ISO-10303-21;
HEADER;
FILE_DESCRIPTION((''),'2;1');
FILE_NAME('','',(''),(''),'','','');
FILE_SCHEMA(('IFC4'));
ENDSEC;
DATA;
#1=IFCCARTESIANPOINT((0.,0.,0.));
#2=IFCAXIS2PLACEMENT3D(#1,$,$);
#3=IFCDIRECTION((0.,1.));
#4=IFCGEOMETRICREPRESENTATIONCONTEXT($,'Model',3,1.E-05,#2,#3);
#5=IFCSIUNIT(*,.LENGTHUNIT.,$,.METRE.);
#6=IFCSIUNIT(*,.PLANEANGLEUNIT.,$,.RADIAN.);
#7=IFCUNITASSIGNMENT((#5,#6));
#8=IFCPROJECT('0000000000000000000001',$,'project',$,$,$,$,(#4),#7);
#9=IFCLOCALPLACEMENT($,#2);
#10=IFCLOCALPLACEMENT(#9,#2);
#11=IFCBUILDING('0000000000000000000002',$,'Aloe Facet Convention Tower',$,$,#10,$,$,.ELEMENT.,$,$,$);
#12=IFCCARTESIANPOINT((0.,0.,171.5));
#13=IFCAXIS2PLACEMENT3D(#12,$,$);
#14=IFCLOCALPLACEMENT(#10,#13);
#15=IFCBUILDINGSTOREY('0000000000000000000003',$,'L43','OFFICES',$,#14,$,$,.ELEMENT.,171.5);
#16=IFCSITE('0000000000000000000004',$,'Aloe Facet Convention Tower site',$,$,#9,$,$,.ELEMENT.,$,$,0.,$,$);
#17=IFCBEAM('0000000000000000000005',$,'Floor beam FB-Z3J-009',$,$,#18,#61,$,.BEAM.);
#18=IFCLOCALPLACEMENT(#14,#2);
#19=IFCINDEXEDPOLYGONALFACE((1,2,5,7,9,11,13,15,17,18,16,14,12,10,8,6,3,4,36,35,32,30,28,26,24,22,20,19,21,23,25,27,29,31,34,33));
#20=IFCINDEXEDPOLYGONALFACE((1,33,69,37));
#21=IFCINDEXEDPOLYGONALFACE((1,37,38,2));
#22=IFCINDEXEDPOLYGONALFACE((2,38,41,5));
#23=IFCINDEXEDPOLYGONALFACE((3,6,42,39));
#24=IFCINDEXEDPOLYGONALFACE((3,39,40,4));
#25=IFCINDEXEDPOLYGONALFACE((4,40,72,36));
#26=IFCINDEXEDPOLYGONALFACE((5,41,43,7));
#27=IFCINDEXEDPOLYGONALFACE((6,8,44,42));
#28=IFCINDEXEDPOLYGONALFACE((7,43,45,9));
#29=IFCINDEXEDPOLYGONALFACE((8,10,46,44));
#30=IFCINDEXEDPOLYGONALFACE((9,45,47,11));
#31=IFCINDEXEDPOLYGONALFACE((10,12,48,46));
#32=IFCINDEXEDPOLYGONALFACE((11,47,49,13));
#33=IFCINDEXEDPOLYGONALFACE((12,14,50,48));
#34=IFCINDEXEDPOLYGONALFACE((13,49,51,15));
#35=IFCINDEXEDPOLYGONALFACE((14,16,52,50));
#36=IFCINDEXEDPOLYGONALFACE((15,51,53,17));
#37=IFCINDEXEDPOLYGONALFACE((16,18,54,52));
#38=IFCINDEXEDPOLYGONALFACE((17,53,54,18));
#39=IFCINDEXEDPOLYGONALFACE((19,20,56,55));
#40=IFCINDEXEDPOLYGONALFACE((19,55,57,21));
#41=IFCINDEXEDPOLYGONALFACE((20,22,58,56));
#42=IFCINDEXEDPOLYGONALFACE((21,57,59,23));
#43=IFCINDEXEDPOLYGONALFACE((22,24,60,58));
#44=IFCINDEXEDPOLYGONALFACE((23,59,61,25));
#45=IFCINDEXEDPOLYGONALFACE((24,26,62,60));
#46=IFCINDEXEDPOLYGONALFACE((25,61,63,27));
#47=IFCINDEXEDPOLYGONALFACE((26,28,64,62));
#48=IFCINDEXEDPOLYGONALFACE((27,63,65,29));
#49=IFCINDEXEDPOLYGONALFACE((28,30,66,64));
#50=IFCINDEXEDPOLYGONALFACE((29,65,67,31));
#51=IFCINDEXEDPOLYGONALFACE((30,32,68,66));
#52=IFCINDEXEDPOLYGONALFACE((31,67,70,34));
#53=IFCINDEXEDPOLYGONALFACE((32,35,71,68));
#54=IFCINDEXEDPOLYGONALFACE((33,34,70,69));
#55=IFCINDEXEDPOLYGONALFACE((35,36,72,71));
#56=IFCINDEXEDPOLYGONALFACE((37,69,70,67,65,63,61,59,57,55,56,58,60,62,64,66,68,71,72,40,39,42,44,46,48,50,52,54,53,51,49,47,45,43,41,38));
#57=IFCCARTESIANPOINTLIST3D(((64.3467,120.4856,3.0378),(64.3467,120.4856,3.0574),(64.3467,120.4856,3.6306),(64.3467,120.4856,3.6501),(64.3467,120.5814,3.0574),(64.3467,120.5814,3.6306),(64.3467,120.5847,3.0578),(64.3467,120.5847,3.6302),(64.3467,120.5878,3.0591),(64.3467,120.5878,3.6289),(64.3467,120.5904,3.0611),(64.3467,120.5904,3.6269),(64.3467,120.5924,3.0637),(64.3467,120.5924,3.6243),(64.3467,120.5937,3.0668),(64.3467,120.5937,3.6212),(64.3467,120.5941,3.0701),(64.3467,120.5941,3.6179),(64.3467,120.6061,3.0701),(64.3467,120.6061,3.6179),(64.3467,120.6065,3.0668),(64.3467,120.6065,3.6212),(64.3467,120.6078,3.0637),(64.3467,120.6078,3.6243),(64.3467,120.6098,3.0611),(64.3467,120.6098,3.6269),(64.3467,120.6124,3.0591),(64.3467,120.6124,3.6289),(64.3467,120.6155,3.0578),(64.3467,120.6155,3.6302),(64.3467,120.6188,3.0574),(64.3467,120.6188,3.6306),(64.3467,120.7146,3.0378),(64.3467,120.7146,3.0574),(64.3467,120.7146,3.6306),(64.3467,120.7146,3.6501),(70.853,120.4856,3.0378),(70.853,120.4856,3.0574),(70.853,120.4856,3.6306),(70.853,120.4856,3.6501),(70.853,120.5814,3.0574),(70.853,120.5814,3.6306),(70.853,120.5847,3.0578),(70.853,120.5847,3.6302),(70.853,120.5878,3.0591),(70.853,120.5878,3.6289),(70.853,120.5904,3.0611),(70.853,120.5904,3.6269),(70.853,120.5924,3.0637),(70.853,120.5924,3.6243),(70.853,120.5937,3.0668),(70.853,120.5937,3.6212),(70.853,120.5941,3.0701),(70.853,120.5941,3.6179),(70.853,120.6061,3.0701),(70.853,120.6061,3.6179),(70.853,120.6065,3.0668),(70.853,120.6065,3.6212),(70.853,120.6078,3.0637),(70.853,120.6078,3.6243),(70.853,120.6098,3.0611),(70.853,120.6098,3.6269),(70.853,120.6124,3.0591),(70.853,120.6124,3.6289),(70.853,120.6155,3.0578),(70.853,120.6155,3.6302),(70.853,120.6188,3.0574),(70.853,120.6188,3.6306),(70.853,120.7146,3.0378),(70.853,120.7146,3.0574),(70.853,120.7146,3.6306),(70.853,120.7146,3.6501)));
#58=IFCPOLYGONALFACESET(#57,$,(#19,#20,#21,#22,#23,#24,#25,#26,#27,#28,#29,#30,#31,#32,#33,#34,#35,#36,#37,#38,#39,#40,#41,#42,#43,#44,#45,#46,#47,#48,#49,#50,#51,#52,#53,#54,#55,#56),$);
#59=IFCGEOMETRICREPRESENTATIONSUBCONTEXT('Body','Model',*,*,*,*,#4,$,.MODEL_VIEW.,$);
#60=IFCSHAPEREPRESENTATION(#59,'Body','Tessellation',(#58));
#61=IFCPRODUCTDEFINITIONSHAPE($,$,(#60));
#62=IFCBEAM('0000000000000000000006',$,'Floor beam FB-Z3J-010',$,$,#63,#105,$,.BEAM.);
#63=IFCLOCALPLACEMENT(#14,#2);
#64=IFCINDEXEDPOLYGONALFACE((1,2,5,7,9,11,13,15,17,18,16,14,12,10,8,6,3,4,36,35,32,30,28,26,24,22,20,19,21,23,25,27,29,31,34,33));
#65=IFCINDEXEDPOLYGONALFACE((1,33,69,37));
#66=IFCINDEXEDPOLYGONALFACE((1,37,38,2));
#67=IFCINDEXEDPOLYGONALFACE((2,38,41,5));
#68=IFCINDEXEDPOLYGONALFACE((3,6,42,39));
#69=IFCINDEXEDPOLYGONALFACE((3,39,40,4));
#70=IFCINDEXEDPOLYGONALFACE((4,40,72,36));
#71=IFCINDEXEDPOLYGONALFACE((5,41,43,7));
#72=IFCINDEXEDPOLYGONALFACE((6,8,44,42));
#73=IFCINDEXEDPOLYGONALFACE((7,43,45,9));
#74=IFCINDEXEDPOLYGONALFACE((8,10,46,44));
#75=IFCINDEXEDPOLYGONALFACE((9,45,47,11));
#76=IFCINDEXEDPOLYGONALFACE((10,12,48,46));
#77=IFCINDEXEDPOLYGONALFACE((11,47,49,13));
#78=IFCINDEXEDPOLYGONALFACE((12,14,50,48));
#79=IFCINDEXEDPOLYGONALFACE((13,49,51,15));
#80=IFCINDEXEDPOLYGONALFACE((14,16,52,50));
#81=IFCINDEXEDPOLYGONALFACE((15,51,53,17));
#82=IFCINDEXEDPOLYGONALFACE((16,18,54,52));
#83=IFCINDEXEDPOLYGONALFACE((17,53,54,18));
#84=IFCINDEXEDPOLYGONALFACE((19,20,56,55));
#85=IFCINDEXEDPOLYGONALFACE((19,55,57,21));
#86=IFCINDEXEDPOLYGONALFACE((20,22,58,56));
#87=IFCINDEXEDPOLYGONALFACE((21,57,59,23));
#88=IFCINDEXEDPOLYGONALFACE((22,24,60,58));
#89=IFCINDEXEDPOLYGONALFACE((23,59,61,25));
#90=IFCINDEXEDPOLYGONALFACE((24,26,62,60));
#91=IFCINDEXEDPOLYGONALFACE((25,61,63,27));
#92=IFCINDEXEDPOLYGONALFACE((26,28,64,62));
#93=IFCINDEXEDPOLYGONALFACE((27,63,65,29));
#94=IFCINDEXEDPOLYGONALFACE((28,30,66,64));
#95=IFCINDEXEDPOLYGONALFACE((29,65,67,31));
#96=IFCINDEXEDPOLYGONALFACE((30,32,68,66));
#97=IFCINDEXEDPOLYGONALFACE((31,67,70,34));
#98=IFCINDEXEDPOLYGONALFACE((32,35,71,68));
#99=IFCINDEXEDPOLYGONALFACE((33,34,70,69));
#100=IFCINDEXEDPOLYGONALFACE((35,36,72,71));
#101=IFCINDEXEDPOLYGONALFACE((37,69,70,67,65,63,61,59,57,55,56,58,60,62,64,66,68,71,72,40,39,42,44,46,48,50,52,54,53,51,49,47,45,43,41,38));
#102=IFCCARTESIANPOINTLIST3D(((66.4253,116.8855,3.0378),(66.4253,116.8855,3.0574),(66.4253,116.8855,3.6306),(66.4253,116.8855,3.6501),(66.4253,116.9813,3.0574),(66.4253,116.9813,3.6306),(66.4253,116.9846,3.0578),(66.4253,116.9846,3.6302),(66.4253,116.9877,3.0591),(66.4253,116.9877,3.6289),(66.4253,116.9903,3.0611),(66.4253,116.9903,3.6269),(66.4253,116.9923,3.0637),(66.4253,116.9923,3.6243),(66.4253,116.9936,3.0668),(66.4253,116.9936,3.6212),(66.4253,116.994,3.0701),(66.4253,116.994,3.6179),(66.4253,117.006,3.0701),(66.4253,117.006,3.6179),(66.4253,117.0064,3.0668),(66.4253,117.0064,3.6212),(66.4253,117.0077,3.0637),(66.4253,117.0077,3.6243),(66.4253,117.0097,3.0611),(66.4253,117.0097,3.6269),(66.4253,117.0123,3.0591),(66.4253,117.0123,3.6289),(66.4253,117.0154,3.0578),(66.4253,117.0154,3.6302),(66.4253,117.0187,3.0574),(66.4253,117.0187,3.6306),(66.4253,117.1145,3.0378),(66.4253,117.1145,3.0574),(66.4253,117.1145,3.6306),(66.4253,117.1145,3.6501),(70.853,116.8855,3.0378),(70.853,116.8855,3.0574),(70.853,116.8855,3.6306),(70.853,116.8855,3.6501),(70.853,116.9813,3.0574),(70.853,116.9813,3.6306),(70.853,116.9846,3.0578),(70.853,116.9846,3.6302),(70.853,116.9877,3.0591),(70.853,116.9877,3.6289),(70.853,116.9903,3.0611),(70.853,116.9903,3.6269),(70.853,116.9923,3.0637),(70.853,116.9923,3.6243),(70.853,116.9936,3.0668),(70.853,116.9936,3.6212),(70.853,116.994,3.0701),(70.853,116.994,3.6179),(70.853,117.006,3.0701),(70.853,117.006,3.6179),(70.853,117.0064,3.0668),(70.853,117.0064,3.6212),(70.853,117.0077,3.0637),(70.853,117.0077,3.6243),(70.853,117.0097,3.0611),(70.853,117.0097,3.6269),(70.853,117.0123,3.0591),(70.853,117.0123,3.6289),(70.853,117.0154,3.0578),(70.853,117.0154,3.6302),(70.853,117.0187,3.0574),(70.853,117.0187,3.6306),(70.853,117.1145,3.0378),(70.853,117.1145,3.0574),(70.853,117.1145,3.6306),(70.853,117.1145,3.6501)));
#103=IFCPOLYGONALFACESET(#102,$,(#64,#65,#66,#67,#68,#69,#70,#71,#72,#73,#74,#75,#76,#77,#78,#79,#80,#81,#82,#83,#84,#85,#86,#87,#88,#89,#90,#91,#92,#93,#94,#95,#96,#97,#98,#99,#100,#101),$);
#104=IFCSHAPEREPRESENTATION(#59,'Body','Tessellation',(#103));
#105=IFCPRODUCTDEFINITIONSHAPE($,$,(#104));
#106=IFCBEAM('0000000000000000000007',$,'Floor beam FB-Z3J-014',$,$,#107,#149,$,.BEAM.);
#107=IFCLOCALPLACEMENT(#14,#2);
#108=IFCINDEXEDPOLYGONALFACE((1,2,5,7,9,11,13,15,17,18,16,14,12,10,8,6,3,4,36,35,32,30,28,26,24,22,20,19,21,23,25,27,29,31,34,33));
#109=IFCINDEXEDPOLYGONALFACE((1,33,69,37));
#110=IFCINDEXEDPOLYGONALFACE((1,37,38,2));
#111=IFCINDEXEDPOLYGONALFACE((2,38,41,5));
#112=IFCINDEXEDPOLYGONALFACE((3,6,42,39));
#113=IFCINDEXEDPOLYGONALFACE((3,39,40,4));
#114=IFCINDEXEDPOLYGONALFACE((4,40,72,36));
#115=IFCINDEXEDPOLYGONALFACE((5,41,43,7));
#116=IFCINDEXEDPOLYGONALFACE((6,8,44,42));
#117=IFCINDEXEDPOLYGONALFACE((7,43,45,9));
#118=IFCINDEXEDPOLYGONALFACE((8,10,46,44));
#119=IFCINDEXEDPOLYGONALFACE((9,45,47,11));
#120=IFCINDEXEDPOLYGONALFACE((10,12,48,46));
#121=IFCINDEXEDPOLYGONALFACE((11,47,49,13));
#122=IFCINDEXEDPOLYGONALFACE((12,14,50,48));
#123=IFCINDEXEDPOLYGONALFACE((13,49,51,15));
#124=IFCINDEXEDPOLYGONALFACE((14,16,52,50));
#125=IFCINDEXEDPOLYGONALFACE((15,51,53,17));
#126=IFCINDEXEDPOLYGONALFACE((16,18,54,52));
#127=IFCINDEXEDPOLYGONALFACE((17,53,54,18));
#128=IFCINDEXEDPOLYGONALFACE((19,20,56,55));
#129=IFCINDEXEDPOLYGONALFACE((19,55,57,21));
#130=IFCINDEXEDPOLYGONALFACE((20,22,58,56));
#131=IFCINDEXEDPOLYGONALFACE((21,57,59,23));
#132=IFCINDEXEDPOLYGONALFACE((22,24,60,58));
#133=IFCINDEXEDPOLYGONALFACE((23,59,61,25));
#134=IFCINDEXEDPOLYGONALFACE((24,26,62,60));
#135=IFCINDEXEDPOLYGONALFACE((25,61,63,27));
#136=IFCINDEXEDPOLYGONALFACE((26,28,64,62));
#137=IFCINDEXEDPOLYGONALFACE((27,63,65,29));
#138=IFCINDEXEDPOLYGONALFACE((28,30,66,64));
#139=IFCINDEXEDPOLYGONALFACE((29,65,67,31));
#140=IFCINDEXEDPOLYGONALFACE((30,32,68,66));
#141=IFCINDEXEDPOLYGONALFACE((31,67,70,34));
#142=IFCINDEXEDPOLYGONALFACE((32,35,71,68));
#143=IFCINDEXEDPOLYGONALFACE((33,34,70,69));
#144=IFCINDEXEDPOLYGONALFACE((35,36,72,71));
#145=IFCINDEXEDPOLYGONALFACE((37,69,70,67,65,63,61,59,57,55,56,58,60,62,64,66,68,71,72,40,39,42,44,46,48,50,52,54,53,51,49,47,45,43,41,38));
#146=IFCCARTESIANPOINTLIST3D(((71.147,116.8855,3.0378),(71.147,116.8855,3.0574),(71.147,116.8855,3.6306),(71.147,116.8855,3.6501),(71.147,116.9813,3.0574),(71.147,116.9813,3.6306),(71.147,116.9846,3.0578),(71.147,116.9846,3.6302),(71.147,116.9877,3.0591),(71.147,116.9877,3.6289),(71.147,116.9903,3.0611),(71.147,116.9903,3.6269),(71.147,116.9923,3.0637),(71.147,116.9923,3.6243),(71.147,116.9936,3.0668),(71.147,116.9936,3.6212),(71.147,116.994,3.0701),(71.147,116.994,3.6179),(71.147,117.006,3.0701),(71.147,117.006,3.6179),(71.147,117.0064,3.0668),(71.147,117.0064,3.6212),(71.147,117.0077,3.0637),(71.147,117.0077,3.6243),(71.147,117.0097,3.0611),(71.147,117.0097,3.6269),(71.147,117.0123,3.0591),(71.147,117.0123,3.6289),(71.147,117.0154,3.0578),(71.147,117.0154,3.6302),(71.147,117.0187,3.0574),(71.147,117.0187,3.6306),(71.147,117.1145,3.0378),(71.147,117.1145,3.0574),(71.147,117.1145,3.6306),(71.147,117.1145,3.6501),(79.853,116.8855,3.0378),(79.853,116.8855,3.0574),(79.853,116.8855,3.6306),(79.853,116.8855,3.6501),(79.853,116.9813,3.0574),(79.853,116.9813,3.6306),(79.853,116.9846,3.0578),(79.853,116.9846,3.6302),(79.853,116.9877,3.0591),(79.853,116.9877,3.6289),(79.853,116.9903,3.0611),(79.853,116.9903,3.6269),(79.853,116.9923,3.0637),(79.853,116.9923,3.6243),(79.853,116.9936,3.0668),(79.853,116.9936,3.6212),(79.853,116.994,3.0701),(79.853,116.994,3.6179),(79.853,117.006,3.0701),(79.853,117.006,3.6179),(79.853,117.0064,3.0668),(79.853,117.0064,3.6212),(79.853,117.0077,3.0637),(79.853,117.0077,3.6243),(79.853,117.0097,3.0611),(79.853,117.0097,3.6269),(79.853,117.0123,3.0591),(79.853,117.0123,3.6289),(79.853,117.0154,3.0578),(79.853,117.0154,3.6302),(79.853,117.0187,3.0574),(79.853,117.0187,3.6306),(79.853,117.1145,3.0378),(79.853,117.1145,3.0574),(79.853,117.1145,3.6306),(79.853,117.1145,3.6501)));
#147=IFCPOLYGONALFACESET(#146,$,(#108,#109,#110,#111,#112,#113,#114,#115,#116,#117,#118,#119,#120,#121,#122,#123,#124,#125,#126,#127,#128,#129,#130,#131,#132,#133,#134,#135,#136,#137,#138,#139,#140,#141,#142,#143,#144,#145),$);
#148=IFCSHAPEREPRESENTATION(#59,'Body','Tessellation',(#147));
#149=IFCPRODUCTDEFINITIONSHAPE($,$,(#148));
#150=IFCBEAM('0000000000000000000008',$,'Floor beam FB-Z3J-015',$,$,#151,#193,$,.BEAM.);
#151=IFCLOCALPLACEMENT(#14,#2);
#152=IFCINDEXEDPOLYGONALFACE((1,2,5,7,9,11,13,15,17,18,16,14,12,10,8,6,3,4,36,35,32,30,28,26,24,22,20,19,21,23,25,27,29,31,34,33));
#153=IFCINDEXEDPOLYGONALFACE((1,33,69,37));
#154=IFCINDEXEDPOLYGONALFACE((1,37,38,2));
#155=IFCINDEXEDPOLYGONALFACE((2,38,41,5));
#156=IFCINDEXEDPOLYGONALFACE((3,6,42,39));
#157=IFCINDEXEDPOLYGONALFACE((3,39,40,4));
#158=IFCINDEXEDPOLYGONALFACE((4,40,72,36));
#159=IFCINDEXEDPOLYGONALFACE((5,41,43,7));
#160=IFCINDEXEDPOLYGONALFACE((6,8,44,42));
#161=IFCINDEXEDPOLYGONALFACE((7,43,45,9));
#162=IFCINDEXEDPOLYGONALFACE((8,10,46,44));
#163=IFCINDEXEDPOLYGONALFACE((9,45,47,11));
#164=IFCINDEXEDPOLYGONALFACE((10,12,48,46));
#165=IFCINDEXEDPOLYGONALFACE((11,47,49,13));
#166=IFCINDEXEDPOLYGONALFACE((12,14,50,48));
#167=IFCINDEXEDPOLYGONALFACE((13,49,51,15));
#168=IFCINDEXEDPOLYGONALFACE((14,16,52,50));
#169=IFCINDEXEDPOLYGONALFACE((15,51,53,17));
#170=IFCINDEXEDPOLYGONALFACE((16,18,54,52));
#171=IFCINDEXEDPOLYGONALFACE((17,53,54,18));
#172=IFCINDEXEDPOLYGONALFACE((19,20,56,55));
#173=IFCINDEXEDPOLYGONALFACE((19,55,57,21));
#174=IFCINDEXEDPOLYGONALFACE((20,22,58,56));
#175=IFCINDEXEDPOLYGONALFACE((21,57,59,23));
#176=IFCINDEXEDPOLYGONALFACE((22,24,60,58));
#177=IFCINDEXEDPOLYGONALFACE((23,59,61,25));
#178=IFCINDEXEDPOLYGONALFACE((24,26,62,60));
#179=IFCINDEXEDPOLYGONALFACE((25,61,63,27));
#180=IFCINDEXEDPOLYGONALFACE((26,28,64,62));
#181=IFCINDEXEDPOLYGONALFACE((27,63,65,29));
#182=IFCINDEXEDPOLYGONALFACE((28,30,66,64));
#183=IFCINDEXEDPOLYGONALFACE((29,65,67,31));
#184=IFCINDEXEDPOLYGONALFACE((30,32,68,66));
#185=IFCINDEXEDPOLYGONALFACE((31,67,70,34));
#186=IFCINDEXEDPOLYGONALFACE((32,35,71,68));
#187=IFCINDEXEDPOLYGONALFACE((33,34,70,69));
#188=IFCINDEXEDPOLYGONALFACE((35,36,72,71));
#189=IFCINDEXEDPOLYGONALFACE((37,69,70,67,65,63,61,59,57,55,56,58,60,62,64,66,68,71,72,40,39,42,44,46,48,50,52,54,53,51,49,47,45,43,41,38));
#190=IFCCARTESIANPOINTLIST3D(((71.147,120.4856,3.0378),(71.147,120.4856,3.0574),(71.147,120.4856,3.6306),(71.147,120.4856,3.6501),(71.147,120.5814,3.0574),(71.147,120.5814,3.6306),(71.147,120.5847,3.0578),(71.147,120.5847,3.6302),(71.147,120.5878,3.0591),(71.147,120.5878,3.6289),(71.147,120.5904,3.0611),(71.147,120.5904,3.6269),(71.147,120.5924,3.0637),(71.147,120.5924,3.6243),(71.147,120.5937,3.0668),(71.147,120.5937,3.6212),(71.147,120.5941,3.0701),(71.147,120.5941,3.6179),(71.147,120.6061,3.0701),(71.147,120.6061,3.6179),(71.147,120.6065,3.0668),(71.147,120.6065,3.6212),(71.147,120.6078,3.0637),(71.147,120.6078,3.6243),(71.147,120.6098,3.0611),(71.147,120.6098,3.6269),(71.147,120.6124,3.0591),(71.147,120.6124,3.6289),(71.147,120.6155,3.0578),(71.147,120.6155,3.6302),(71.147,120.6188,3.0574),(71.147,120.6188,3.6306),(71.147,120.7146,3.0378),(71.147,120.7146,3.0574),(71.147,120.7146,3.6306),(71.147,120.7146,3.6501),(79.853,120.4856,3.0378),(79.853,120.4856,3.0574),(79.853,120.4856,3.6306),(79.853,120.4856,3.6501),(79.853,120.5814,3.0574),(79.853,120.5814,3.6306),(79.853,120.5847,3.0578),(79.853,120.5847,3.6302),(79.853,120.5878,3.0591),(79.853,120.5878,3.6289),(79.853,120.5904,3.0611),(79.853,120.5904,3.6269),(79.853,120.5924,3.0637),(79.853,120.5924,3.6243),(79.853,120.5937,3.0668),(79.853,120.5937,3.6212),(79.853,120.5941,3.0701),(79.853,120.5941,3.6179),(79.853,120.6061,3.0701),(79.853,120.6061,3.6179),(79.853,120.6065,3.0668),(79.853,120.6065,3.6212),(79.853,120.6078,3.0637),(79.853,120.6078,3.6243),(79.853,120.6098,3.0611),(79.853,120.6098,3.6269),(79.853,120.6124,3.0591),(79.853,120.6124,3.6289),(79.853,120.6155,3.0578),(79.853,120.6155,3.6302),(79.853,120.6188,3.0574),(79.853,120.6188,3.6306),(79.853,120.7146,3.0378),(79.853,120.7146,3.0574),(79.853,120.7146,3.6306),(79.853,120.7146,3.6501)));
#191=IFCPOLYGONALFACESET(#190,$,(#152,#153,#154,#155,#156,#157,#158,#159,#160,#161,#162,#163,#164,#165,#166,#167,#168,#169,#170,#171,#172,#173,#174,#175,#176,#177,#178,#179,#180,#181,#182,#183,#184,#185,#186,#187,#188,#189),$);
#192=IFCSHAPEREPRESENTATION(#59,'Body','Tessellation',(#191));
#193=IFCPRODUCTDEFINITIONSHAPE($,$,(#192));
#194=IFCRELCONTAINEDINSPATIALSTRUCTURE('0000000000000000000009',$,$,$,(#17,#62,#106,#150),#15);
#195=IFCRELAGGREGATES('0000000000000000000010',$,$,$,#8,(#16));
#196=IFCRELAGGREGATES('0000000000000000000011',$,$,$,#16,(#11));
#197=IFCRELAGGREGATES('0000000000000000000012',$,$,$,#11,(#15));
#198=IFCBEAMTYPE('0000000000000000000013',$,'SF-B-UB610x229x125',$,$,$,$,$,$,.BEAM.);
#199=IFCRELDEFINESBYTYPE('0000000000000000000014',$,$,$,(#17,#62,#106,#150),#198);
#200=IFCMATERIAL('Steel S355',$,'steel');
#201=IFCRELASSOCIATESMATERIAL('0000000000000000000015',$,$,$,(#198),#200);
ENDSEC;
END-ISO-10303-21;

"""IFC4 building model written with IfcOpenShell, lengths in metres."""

from ifc_helpers import new_model, si_unit, direction, frame, origin, origin_2d, place, context, subcontext, project, spatial, i_section, extrude, material, material_profile, profile_set, type_object, element, save


model = new_model("IFC4")

# Units and contexts
model_context = context("Model", 3, precision=1e-05, world=origin(), true_north=direction((0.0, 1.0)))
body_context = subcontext(model_context, "Body", "Model", "MODEL_VIEW")
ifc_project = project(units=[si_unit("LENGTHUNIT", "METRE"), si_unit("PLANEANGLEUNIT", "RADIAN")], contexts=[model_context])

# Site, building, storey
site_placement = place(None, origin())
site = spatial("IfcSite", under=ifc_project, at=site_placement, Name="Aloe Facet Convention Tower site", CompositionType="ELEMENT", RefElevation=0.0)
building_placement = place(site_placement, origin())
building = spatial("IfcBuilding", under=site, at=building_placement, Name="Aloe Facet Convention Tower", CompositionType="ELEMENT")
storey_placement = place(building_placement, frame((0.0, 0.0, 171.5)))
storey = spatial("IfcBuildingStorey", under=building, at=storey_placement, Name="L43", Description="OFFICES", CompositionType="ELEMENT", Elevation=171.5)

# Beams
ifc_material_1 = material(Name="Steel S355", Category="steel")
ifc_material_profile_1 = material_profile(ifc_material_1, i_section(OverallWidth=0.229, OverallDepth=0.6123, WebThickness=0.012, FlangeThickness=0.0195, FilletRadius=0.0127, at=origin_2d()), Name="UB 610x229x125")
ifc_profile_set_1 = profile_set([ifc_material_profile_1], Name="Steel S355")
beam_type_1 = type_object("IfcBeamType", Name="SF-B-UB610x229x125", PredefinedType="BEAM", material=ifc_profile_set_1)
beam_1_placement = place(storey_placement, frame((64.3467, 120.6001, 3.344), z_axis=(1.0, 0.0, 0.0), x_axis=(0.0, 1.0, 0.0)))
element("IfcBeam", 1, at=beam_1_placement, inside=storey, type_object=beam_type_1, Name="Floor beam FB-Z3J-009", PredefinedType="BEAM", context=body_context, shape_type="SweptSolid", body=[
    extrude(i_section(OverallWidth=0.229, OverallDepth=0.6123, WebThickness=0.012, FlangeThickness=0.0195, FilletRadius=0.0127, at=origin_2d()), origin(), (0.0, 0.0, 1.0), 6.5063),
])
beam_2_placement = place(storey_placement, frame((66.4253, 117.0, 3.344), z_axis=(1.0, 0.0, 0.0), x_axis=(0.0, 1.0, 0.0)))
element("IfcBeam", 2, at=beam_2_placement, inside=storey, type_object=beam_type_1, Name="Floor beam FB-Z3J-010", PredefinedType="BEAM", context=body_context, shape_type="SweptSolid", body=[
    extrude(i_section(OverallWidth=0.229, OverallDepth=0.6123, WebThickness=0.012, FlangeThickness=0.0195, FilletRadius=0.0127, at=origin_2d()), origin(), (0.0, 0.0, 1.0), 4.4277),
])
for number, where, z_axis, x_axis, name in (
    (3, (71.147, 117.0, 3.344), (1.0, 0.0, 0.0), (0.0, 1.0, 0.0), "Floor beam FB-Z3J-014"),
    (4, (71.147, 120.6001, 3.344), (1.0, 0.0, 0.0), (0.0, 1.0, 0.0), "Floor beam FB-Z3J-015"),
):
    element("IfcBeam", number, at=place(storey_placement, frame(where, z_axis=z_axis, x_axis=x_axis)), inside=storey, type_object=beam_type_1, Name=name, PredefinedType="BEAM", context=body_context, shape_type="SweptSolid", body=[
        extrude(i_section(OverallWidth=0.229, OverallDepth=0.6123, WebThickness=0.012, FlangeThickness=0.0195, FilletRadius=0.0127, at=origin_2d()), origin(), (0.0, 0.0, 1.0), 8.7061),
    ])

save(model, "model.ifc")
